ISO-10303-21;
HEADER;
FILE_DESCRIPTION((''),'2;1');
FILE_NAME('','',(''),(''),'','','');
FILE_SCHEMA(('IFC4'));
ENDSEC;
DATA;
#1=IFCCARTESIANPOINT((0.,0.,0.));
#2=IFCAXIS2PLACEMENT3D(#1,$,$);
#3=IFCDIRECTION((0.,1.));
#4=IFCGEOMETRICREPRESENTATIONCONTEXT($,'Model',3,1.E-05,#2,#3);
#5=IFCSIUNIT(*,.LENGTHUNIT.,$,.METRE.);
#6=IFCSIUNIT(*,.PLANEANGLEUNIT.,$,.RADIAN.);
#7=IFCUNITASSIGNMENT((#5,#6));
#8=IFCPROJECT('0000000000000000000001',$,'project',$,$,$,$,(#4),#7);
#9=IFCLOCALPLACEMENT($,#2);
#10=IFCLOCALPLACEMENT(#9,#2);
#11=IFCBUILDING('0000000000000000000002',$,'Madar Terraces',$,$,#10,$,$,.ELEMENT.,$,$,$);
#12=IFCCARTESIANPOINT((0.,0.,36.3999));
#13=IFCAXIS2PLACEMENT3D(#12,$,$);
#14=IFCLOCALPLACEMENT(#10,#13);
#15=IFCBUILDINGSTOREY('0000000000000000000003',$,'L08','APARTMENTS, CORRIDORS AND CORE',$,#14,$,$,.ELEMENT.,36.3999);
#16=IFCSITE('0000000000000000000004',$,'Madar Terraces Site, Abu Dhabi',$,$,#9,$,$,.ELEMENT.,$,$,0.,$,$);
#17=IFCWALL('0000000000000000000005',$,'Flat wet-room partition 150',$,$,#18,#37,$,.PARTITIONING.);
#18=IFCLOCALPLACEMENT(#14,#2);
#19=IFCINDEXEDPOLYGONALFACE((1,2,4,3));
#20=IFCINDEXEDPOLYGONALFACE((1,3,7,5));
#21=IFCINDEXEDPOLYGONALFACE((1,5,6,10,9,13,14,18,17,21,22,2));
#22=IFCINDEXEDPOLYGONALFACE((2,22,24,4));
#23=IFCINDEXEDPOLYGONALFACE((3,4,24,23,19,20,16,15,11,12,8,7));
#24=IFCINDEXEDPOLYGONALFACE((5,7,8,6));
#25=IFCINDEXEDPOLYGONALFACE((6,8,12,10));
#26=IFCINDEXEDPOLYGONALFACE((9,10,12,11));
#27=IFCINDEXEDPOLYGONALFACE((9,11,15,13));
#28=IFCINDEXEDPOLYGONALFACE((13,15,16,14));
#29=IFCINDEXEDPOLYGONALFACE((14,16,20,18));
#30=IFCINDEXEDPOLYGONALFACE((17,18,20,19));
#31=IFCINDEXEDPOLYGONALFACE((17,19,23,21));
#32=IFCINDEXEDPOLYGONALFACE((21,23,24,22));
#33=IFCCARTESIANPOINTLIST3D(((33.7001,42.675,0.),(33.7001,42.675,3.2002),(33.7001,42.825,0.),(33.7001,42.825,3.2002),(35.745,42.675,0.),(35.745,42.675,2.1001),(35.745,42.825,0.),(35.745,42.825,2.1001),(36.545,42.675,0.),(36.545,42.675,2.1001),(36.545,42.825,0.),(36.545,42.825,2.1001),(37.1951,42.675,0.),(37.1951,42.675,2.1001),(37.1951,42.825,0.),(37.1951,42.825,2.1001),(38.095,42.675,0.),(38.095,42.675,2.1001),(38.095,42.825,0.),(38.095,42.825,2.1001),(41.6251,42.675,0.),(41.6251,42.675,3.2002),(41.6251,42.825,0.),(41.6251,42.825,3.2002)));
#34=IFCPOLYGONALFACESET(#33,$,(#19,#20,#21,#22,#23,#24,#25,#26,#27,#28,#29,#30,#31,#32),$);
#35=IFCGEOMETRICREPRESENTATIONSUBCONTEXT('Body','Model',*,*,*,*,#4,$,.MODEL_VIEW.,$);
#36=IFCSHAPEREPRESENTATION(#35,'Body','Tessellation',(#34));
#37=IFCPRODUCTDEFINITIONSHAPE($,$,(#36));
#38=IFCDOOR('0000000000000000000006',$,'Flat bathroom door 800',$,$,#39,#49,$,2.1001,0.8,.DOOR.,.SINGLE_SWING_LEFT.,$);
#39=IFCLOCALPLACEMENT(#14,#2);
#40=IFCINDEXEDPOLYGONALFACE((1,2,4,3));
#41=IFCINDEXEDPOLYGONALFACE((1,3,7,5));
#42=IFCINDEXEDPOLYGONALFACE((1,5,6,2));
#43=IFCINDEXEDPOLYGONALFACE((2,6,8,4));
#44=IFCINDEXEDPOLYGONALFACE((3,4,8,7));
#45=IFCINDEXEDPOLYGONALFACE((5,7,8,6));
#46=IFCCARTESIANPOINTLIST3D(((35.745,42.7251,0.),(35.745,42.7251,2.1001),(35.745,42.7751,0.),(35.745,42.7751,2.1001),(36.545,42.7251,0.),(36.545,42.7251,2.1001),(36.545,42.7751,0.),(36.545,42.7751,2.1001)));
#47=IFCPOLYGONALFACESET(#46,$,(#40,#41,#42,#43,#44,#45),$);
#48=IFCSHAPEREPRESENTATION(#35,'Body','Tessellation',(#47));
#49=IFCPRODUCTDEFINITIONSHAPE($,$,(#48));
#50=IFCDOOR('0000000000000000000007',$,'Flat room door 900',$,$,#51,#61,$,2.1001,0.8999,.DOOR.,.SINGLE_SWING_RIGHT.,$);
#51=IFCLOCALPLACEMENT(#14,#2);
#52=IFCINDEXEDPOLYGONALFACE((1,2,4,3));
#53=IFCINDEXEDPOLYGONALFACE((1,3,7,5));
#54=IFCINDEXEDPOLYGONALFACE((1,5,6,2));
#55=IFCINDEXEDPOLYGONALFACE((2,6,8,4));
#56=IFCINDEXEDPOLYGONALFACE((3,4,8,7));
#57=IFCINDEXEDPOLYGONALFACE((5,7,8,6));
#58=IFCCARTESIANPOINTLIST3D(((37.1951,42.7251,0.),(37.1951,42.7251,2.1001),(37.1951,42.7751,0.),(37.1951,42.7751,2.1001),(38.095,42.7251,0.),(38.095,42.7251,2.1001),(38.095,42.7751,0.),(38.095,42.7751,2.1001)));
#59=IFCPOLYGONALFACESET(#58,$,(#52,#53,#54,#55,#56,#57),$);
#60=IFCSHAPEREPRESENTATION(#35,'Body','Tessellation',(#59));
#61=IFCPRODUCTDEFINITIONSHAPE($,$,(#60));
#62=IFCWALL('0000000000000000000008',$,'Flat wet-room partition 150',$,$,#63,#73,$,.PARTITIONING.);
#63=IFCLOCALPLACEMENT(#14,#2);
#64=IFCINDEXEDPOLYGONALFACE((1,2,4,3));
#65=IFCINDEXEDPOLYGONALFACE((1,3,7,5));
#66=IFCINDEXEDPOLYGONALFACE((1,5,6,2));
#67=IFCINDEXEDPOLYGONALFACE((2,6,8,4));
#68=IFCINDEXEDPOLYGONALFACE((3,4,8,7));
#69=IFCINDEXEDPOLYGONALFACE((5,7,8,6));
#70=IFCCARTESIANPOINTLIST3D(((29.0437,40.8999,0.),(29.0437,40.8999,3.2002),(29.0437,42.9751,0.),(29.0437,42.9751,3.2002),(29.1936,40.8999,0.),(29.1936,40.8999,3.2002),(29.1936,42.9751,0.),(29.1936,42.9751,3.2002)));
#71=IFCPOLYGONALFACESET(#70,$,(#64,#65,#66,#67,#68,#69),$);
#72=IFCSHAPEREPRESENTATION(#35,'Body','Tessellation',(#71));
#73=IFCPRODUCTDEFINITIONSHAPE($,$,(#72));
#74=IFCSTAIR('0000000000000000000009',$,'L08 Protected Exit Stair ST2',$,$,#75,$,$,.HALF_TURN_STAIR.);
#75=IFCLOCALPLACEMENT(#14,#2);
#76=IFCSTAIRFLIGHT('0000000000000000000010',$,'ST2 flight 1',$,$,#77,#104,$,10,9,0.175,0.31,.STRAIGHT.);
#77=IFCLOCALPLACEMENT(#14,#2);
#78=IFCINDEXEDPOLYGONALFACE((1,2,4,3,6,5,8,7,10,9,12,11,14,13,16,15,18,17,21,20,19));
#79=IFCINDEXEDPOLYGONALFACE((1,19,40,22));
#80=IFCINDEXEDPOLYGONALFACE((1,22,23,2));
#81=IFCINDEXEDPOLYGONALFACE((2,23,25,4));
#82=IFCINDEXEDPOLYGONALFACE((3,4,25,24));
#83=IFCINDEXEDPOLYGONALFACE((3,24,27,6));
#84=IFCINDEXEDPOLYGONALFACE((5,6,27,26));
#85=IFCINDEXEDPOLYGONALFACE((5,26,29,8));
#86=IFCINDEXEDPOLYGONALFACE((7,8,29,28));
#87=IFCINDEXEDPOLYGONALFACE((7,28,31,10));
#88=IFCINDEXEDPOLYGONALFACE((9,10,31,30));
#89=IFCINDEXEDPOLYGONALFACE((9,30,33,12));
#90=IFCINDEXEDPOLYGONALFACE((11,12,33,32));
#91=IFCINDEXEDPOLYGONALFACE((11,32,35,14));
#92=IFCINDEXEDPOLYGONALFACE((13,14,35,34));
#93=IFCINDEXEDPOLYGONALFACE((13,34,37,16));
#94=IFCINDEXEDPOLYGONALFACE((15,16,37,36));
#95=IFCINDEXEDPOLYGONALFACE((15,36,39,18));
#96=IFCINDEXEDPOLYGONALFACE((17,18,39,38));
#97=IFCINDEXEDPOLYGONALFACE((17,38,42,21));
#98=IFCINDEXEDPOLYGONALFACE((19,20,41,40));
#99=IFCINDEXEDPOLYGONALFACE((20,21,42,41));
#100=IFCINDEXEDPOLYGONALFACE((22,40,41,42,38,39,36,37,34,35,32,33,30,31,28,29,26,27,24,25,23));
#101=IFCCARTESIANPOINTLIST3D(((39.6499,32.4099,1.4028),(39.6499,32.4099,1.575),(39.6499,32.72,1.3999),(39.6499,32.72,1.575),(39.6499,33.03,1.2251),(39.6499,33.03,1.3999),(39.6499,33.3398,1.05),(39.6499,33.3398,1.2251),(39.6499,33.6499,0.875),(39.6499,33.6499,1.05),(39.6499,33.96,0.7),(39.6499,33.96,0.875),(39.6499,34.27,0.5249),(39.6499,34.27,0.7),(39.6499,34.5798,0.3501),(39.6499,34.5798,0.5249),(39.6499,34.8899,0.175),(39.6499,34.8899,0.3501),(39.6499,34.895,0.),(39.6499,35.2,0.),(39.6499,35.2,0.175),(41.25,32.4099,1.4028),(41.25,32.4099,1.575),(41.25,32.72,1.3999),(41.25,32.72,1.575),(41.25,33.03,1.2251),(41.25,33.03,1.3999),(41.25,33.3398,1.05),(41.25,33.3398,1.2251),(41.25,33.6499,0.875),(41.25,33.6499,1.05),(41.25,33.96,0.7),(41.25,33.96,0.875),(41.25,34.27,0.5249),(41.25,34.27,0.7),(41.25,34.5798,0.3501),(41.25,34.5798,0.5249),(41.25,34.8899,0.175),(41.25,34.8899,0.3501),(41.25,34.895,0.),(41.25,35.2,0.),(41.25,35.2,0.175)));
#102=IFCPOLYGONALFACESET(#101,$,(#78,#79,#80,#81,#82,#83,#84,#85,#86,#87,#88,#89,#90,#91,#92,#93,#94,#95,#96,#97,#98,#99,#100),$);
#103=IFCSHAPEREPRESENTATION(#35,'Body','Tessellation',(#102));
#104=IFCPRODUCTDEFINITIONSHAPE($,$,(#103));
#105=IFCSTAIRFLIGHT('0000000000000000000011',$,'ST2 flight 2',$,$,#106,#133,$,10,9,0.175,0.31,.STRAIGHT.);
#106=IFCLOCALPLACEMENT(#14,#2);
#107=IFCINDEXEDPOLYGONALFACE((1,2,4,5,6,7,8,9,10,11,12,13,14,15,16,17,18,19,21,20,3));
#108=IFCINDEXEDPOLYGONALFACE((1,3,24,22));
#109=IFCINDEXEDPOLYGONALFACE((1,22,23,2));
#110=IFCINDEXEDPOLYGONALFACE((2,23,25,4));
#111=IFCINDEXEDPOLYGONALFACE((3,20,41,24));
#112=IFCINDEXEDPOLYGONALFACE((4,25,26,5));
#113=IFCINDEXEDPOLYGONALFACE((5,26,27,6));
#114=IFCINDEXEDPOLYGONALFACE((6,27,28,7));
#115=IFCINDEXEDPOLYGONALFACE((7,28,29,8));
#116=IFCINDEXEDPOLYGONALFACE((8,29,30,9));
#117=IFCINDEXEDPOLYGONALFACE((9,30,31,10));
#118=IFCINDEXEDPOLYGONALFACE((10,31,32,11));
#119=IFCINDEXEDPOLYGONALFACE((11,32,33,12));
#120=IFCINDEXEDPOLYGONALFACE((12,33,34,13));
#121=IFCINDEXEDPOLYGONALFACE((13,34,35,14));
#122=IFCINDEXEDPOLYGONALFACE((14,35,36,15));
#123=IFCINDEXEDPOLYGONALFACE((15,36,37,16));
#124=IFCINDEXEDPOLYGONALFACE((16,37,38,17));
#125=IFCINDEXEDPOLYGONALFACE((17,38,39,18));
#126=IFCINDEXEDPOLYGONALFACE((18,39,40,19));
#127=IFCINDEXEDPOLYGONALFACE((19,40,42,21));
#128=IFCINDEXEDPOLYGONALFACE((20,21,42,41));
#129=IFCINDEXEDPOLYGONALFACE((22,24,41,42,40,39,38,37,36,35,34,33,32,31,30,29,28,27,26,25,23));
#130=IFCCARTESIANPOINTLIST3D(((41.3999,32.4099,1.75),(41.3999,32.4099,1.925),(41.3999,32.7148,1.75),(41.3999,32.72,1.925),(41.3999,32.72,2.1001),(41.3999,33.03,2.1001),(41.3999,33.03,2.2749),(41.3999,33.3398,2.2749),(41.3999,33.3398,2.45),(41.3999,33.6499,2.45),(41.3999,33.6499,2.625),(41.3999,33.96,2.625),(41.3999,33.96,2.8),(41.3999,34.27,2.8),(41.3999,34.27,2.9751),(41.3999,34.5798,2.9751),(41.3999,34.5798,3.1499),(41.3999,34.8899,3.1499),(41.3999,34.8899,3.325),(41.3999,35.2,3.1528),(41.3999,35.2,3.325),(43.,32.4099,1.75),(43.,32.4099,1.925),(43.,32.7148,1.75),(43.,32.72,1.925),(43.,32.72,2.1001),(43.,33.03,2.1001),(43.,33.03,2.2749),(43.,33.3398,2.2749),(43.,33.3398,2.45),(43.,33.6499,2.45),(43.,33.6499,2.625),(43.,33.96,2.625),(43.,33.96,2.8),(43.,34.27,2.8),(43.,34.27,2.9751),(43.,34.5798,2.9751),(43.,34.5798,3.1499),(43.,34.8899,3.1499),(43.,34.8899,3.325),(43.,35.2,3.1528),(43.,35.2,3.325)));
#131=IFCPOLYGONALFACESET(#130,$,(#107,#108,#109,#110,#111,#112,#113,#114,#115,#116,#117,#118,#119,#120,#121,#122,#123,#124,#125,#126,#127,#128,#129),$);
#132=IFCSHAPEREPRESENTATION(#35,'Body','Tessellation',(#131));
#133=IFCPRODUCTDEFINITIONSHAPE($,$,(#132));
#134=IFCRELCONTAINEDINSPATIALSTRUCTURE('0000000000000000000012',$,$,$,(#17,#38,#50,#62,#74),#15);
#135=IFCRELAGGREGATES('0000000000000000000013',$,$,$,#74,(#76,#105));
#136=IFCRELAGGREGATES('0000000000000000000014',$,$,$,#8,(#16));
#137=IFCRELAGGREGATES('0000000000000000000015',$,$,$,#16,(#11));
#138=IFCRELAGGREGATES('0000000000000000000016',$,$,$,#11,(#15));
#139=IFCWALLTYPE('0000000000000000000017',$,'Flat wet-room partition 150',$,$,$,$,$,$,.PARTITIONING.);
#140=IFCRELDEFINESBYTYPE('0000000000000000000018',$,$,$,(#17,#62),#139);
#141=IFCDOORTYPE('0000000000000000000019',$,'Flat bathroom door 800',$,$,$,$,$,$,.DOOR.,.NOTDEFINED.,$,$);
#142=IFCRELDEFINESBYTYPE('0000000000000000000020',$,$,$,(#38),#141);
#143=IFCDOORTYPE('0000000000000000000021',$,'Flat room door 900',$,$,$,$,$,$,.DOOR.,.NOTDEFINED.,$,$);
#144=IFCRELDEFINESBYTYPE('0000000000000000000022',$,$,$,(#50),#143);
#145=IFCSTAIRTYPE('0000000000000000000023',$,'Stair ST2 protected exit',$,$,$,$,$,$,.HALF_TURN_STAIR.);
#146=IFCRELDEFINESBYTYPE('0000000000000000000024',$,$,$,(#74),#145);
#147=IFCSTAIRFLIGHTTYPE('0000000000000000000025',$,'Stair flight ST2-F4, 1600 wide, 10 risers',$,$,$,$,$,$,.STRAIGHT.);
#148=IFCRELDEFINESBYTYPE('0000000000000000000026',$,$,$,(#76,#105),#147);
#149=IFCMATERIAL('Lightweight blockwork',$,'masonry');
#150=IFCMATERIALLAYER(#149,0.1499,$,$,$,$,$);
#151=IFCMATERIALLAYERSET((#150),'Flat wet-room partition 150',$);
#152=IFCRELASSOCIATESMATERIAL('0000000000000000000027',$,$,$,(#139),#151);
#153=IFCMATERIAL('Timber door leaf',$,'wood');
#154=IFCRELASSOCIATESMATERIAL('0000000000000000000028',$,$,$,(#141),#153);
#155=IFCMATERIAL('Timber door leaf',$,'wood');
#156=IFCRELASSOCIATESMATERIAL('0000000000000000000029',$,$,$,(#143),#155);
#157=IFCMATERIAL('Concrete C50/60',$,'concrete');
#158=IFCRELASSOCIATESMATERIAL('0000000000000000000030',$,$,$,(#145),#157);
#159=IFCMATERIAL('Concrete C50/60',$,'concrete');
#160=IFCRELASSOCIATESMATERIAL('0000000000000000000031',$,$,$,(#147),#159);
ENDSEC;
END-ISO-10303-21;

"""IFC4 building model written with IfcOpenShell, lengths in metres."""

from ifc_helpers import new_model, si_unit, direction, frame, frame_2d, origin, place, context, subcontext, project, spatial, polyline, rectangle, outline, extrude, material, layer, layer_set, type_object, element, fill, aggregate, save


model = new_model("IFC4")

# Units and contexts
model_context = context("Model", 3, precision=1e-05, world=origin(), true_north=direction((0.0, 1.0)))
body_context = subcontext(model_context, "Body", "Model", "MODEL_VIEW")
ifc_project = project(units=[si_unit("LENGTHUNIT", "METRE"), si_unit("PLANEANGLEUNIT", "RADIAN")], contexts=[model_context])

# Site, building, storey
site_placement = place(None, origin())
site = spatial("IfcSite", under=ifc_project, at=site_placement, Name="Madar Terraces Site, Abu Dhabi", CompositionType="ELEMENT", RefElevation=0.0)
building_placement = place(site_placement, origin())
building = spatial("IfcBuilding", under=site, at=building_placement, Name="Madar Terraces", CompositionType="ELEMENT")
storey_placement = place(building_placement, frame((0.0, 0.0, 36.3999)))
storey = spatial("IfcBuildingStorey", under=building, at=storey_placement, Name="L08", Description="APARTMENTS, CORRIDORS AND CORE", CompositionType="ELEMENT", Elevation=36.3999)

# Shared definitions
ifc_material_1 = material(Name="Lightweight blockwork", Category="masonry")
ifc_layer_1 = layer(ifc_material_1, 0.1499)
ifc_layer_set_1 = layer_set([ifc_layer_1], Name="Flat wet-room partition 150")
wall_type_1 = type_object("IfcWallType", Name="Flat wet-room partition 150", PredefinedType="PARTITIONING", material=ifc_layer_set_1)

# Wall, openings, doors
wall_1_placement = place(storey_placement, frame((41.625, 42.75, 0.0), z_axis=(0.0, 0.0, 1.0), x_axis=(-1.0, 0.0, 0.0)))
wall_1 = element("IfcWall", 1, at=wall_1_placement, inside=storey, type_object=wall_type_1, Name="Flat wet-room partition 150", PredefinedType="PARTITIONING", context=body_context, shape_type="SweptSolid", body=[
    extrude(rectangle(XDim=7.925, YDim=0.1499, at=frame_2d((3.9624, 0.0))), origin(), (0.0, 0.0, 1.0), 3.2002),
])
opening_1_placement = place(wall_1_placement, frame((3.53, 0.0, 0.0)))
opening_1 = element("IfcOpeningElement", 2, at=opening_1_placement, cuts=wall_1, PredefinedType="OPENING", context=body_context, shape_type="SweptSolid", body=[
    extrude(rectangle(XDim=0.8999, YDim=2.1001, at=frame_2d((0.45, 1.05))), frame((0.0, 0.085, 0.0), z_axis=(0.0, -1.0, 0.0), x_axis=(1.0, 0.0, 0.0)), (0.0, 0.0, 1.0), 0.1699),
])
opening_2_placement = place(wall_1_placement, frame((5.0801, 0.0, 0.0)))
opening_2 = element("IfcOpeningElement", 3, at=opening_2_placement, cuts=wall_1, PredefinedType="OPENING", context=body_context, shape_type="SweptSolid", body=[
    extrude(rectangle(XDim=0.8, YDim=2.1001, at=frame_2d((0.3999, 1.05))), frame((0.0, 0.085, 0.0), z_axis=(0.0, -1.0, 0.0), x_axis=(1.0, 0.0, 0.0)), (0.0, 0.0, 1.0), 0.1699),
])
ifc_material_2 = material(Name="Timber door leaf", Category="wood")
door_type_1 = type_object("IfcDoorType", Name="Flat bathroom door 800", OperationType="NOTDEFINED", PredefinedType="DOOR", material=ifc_material_2)
door_1_placement = place(opening_2_placement, origin())
door_1 = element("IfcDoor", 4, at=door_1_placement, inside=storey, type_object=door_type_1, Name="Flat bathroom door 800", OperationType="SINGLE_SWING_LEFT", OverallHeight=2.1001, OverallWidth=0.8, PredefinedType="DOOR", context=body_context, shape_type="SweptSolid", body=[
    extrude(rectangle(XDim=0.8, YDim=2.1001, at=frame_2d((0.3999, 1.05))), frame((0.0, 0.0249, 0.0), z_axis=(0.0, -1.0, 0.0), x_axis=(1.0, 0.0, 0.0)), (0.0, 0.0, 1.0), 0.05),
])
fill(opening_2, door_1)
ifc_material_3 = material(Name="Timber door leaf", Category="wood")
door_type_2 = type_object("IfcDoorType", Name="Flat room door 900", OperationType="NOTDEFINED", PredefinedType="DOOR", material=ifc_material_3)
door_2_placement = place(opening_1_placement, origin())
door_2 = element("IfcDoor", 5, at=door_2_placement, inside=storey, type_object=door_type_2, Name="Flat room door 900", OperationType="SINGLE_SWING_RIGHT", OverallHeight=2.1001, OverallWidth=0.8999, PredefinedType="DOOR", context=body_context, shape_type="SweptSolid", body=[
    extrude(rectangle(XDim=0.8999, YDim=2.1001, at=frame_2d((0.45, 1.05))), frame((0.0, 0.0249, 0.0), z_axis=(0.0, -1.0, 0.0), x_axis=(1.0, 0.0, 0.0)), (0.0, 0.0, 1.0), 0.05),
])
fill(opening_1, door_2)

# Wall
wall_2_placement = place(storey_placement, frame((29.1187, 40.8999, 0.0), z_axis=(0.0, 0.0, 1.0), x_axis=(0.0, 1.0, 0.0)))
element("IfcWall", 6, at=wall_2_placement, inside=storey, type_object=wall_type_1, Name="Flat wet-room partition 150", PredefinedType="PARTITIONING", context=body_context, shape_type="SweptSolid", body=[
    extrude(rectangle(XDim=2.0752, YDim=0.1499, at=frame_2d((1.0376, 0.0))), origin(), (0.0, 0.0, 1.0), 3.2002),
])

# Stair, stair flights
ifc_material_4 = material(Name="Concrete C50/60", Category="concrete")
stair_type = type_object("IfcStairType", Name="Stair ST2 protected exit", PredefinedType="HALF_TURN_STAIR", material=ifc_material_4)
stair_placement = place(storey_placement, origin())
stair = element("IfcStair", 7, at=stair_placement, inside=storey, type_object=stair_type, Name="L08 Protected Exit Stair ST2", PredefinedType="HALF_TURN_STAIR")
ifc_material_5 = material(Name="Concrete C50/60", Category="concrete")
stair_flight_type = type_object("IfcStairFlightType", Name="Stair flight ST2-F4, 1600 wide, 10 risers", PredefinedType="STRAIGHT", material=ifc_material_5)
stair_flight_1_placement = place(storey_placement, frame((40.45, 35.2, 0.0), z_axis=(0.0, 0.0, 1.0), x_axis=(0.0, -1.0, 0.0)))
stair_flight_1 = element("IfcStairFlight", 8, at=stair_flight_1_placement, type_object=stair_flight_type, Name="ST2 flight 1", NumberOfRisers=10, NumberOfTreads=9, PredefinedType="STRAIGHT", RiserHeight=0.175, TreadLength=0.31, context=body_context, shape_type="SweptSolid", body=[
    extrude(outline(polyline([(0.0, 0.0), (0.0, 0.175), (0.3101, 0.175), (0.3101, 0.3501), (0.6201, 0.3501), (0.6201, 0.5249), (0.9299, 0.5249), (0.9299, 0.7), (1.24, 0.7), (1.24, 0.875), (1.55, 0.875), (1.55, 1.05), (1.8601, 1.05), (1.8601, 1.2251), (2.1699, 1.2251), (2.1699, 1.3999), (2.48, 1.3999), (2.48, 1.575), (2.79, 1.575), (2.79, 1.75), (2.79, 1.4028), (0.3049, 0.0), (0.0, 0.0)])), frame((0.0, 0.8, 0.0), z_axis=(0.0, -1.0, 0.0), x_axis=(1.0, 0.0, 0.0)), (0.0, 0.0, 1.0), 1.6001),
])
stair_flight_2_placement = place(storey_placement, frame((42.2, 32.4099, 1.75), z_axis=(0.0, 0.0, 1.0), x_axis=(0.0, 1.0, 0.0)))
stair_flight_2 = element("IfcStairFlight", 9, at=stair_flight_2_placement, type_object=stair_flight_type, Name="ST2 flight 2", NumberOfRisers=10, NumberOfTreads=9, PredefinedType="STRAIGHT", RiserHeight=0.175, TreadLength=0.31, context=body_context, shape_type="SweptSolid", body=[
    extrude(outline(polyline([(0.0, 0.0), (0.0, 0.175), (0.3101, 0.175), (0.3101, 0.3501), (0.6201, 0.3501), (0.6201, 0.5249), (0.9299, 0.5249), (0.9299, 0.7), (1.24, 0.7), (1.24, 0.875), (1.55, 0.875), (1.55, 1.05), (1.8601, 1.05), (1.8601, 1.2251), (2.1699, 1.2251), (2.1699, 1.3999), (2.48, 1.3999), (2.48, 1.575), (2.79, 1.575), (2.79, 1.75), (2.79, 1.4028), (0.3049, 0.0), (0.0, 0.0)])), frame((0.0, 0.8, 0.0), z_axis=(0.0, -1.0, 0.0), x_axis=(1.0, 0.0, 0.0)), (0.0, 0.0, 1.0), 1.6001),
])
aggregate(stair, [stair_flight_1, stair_flight_2])

save(model, "model.ifc")
